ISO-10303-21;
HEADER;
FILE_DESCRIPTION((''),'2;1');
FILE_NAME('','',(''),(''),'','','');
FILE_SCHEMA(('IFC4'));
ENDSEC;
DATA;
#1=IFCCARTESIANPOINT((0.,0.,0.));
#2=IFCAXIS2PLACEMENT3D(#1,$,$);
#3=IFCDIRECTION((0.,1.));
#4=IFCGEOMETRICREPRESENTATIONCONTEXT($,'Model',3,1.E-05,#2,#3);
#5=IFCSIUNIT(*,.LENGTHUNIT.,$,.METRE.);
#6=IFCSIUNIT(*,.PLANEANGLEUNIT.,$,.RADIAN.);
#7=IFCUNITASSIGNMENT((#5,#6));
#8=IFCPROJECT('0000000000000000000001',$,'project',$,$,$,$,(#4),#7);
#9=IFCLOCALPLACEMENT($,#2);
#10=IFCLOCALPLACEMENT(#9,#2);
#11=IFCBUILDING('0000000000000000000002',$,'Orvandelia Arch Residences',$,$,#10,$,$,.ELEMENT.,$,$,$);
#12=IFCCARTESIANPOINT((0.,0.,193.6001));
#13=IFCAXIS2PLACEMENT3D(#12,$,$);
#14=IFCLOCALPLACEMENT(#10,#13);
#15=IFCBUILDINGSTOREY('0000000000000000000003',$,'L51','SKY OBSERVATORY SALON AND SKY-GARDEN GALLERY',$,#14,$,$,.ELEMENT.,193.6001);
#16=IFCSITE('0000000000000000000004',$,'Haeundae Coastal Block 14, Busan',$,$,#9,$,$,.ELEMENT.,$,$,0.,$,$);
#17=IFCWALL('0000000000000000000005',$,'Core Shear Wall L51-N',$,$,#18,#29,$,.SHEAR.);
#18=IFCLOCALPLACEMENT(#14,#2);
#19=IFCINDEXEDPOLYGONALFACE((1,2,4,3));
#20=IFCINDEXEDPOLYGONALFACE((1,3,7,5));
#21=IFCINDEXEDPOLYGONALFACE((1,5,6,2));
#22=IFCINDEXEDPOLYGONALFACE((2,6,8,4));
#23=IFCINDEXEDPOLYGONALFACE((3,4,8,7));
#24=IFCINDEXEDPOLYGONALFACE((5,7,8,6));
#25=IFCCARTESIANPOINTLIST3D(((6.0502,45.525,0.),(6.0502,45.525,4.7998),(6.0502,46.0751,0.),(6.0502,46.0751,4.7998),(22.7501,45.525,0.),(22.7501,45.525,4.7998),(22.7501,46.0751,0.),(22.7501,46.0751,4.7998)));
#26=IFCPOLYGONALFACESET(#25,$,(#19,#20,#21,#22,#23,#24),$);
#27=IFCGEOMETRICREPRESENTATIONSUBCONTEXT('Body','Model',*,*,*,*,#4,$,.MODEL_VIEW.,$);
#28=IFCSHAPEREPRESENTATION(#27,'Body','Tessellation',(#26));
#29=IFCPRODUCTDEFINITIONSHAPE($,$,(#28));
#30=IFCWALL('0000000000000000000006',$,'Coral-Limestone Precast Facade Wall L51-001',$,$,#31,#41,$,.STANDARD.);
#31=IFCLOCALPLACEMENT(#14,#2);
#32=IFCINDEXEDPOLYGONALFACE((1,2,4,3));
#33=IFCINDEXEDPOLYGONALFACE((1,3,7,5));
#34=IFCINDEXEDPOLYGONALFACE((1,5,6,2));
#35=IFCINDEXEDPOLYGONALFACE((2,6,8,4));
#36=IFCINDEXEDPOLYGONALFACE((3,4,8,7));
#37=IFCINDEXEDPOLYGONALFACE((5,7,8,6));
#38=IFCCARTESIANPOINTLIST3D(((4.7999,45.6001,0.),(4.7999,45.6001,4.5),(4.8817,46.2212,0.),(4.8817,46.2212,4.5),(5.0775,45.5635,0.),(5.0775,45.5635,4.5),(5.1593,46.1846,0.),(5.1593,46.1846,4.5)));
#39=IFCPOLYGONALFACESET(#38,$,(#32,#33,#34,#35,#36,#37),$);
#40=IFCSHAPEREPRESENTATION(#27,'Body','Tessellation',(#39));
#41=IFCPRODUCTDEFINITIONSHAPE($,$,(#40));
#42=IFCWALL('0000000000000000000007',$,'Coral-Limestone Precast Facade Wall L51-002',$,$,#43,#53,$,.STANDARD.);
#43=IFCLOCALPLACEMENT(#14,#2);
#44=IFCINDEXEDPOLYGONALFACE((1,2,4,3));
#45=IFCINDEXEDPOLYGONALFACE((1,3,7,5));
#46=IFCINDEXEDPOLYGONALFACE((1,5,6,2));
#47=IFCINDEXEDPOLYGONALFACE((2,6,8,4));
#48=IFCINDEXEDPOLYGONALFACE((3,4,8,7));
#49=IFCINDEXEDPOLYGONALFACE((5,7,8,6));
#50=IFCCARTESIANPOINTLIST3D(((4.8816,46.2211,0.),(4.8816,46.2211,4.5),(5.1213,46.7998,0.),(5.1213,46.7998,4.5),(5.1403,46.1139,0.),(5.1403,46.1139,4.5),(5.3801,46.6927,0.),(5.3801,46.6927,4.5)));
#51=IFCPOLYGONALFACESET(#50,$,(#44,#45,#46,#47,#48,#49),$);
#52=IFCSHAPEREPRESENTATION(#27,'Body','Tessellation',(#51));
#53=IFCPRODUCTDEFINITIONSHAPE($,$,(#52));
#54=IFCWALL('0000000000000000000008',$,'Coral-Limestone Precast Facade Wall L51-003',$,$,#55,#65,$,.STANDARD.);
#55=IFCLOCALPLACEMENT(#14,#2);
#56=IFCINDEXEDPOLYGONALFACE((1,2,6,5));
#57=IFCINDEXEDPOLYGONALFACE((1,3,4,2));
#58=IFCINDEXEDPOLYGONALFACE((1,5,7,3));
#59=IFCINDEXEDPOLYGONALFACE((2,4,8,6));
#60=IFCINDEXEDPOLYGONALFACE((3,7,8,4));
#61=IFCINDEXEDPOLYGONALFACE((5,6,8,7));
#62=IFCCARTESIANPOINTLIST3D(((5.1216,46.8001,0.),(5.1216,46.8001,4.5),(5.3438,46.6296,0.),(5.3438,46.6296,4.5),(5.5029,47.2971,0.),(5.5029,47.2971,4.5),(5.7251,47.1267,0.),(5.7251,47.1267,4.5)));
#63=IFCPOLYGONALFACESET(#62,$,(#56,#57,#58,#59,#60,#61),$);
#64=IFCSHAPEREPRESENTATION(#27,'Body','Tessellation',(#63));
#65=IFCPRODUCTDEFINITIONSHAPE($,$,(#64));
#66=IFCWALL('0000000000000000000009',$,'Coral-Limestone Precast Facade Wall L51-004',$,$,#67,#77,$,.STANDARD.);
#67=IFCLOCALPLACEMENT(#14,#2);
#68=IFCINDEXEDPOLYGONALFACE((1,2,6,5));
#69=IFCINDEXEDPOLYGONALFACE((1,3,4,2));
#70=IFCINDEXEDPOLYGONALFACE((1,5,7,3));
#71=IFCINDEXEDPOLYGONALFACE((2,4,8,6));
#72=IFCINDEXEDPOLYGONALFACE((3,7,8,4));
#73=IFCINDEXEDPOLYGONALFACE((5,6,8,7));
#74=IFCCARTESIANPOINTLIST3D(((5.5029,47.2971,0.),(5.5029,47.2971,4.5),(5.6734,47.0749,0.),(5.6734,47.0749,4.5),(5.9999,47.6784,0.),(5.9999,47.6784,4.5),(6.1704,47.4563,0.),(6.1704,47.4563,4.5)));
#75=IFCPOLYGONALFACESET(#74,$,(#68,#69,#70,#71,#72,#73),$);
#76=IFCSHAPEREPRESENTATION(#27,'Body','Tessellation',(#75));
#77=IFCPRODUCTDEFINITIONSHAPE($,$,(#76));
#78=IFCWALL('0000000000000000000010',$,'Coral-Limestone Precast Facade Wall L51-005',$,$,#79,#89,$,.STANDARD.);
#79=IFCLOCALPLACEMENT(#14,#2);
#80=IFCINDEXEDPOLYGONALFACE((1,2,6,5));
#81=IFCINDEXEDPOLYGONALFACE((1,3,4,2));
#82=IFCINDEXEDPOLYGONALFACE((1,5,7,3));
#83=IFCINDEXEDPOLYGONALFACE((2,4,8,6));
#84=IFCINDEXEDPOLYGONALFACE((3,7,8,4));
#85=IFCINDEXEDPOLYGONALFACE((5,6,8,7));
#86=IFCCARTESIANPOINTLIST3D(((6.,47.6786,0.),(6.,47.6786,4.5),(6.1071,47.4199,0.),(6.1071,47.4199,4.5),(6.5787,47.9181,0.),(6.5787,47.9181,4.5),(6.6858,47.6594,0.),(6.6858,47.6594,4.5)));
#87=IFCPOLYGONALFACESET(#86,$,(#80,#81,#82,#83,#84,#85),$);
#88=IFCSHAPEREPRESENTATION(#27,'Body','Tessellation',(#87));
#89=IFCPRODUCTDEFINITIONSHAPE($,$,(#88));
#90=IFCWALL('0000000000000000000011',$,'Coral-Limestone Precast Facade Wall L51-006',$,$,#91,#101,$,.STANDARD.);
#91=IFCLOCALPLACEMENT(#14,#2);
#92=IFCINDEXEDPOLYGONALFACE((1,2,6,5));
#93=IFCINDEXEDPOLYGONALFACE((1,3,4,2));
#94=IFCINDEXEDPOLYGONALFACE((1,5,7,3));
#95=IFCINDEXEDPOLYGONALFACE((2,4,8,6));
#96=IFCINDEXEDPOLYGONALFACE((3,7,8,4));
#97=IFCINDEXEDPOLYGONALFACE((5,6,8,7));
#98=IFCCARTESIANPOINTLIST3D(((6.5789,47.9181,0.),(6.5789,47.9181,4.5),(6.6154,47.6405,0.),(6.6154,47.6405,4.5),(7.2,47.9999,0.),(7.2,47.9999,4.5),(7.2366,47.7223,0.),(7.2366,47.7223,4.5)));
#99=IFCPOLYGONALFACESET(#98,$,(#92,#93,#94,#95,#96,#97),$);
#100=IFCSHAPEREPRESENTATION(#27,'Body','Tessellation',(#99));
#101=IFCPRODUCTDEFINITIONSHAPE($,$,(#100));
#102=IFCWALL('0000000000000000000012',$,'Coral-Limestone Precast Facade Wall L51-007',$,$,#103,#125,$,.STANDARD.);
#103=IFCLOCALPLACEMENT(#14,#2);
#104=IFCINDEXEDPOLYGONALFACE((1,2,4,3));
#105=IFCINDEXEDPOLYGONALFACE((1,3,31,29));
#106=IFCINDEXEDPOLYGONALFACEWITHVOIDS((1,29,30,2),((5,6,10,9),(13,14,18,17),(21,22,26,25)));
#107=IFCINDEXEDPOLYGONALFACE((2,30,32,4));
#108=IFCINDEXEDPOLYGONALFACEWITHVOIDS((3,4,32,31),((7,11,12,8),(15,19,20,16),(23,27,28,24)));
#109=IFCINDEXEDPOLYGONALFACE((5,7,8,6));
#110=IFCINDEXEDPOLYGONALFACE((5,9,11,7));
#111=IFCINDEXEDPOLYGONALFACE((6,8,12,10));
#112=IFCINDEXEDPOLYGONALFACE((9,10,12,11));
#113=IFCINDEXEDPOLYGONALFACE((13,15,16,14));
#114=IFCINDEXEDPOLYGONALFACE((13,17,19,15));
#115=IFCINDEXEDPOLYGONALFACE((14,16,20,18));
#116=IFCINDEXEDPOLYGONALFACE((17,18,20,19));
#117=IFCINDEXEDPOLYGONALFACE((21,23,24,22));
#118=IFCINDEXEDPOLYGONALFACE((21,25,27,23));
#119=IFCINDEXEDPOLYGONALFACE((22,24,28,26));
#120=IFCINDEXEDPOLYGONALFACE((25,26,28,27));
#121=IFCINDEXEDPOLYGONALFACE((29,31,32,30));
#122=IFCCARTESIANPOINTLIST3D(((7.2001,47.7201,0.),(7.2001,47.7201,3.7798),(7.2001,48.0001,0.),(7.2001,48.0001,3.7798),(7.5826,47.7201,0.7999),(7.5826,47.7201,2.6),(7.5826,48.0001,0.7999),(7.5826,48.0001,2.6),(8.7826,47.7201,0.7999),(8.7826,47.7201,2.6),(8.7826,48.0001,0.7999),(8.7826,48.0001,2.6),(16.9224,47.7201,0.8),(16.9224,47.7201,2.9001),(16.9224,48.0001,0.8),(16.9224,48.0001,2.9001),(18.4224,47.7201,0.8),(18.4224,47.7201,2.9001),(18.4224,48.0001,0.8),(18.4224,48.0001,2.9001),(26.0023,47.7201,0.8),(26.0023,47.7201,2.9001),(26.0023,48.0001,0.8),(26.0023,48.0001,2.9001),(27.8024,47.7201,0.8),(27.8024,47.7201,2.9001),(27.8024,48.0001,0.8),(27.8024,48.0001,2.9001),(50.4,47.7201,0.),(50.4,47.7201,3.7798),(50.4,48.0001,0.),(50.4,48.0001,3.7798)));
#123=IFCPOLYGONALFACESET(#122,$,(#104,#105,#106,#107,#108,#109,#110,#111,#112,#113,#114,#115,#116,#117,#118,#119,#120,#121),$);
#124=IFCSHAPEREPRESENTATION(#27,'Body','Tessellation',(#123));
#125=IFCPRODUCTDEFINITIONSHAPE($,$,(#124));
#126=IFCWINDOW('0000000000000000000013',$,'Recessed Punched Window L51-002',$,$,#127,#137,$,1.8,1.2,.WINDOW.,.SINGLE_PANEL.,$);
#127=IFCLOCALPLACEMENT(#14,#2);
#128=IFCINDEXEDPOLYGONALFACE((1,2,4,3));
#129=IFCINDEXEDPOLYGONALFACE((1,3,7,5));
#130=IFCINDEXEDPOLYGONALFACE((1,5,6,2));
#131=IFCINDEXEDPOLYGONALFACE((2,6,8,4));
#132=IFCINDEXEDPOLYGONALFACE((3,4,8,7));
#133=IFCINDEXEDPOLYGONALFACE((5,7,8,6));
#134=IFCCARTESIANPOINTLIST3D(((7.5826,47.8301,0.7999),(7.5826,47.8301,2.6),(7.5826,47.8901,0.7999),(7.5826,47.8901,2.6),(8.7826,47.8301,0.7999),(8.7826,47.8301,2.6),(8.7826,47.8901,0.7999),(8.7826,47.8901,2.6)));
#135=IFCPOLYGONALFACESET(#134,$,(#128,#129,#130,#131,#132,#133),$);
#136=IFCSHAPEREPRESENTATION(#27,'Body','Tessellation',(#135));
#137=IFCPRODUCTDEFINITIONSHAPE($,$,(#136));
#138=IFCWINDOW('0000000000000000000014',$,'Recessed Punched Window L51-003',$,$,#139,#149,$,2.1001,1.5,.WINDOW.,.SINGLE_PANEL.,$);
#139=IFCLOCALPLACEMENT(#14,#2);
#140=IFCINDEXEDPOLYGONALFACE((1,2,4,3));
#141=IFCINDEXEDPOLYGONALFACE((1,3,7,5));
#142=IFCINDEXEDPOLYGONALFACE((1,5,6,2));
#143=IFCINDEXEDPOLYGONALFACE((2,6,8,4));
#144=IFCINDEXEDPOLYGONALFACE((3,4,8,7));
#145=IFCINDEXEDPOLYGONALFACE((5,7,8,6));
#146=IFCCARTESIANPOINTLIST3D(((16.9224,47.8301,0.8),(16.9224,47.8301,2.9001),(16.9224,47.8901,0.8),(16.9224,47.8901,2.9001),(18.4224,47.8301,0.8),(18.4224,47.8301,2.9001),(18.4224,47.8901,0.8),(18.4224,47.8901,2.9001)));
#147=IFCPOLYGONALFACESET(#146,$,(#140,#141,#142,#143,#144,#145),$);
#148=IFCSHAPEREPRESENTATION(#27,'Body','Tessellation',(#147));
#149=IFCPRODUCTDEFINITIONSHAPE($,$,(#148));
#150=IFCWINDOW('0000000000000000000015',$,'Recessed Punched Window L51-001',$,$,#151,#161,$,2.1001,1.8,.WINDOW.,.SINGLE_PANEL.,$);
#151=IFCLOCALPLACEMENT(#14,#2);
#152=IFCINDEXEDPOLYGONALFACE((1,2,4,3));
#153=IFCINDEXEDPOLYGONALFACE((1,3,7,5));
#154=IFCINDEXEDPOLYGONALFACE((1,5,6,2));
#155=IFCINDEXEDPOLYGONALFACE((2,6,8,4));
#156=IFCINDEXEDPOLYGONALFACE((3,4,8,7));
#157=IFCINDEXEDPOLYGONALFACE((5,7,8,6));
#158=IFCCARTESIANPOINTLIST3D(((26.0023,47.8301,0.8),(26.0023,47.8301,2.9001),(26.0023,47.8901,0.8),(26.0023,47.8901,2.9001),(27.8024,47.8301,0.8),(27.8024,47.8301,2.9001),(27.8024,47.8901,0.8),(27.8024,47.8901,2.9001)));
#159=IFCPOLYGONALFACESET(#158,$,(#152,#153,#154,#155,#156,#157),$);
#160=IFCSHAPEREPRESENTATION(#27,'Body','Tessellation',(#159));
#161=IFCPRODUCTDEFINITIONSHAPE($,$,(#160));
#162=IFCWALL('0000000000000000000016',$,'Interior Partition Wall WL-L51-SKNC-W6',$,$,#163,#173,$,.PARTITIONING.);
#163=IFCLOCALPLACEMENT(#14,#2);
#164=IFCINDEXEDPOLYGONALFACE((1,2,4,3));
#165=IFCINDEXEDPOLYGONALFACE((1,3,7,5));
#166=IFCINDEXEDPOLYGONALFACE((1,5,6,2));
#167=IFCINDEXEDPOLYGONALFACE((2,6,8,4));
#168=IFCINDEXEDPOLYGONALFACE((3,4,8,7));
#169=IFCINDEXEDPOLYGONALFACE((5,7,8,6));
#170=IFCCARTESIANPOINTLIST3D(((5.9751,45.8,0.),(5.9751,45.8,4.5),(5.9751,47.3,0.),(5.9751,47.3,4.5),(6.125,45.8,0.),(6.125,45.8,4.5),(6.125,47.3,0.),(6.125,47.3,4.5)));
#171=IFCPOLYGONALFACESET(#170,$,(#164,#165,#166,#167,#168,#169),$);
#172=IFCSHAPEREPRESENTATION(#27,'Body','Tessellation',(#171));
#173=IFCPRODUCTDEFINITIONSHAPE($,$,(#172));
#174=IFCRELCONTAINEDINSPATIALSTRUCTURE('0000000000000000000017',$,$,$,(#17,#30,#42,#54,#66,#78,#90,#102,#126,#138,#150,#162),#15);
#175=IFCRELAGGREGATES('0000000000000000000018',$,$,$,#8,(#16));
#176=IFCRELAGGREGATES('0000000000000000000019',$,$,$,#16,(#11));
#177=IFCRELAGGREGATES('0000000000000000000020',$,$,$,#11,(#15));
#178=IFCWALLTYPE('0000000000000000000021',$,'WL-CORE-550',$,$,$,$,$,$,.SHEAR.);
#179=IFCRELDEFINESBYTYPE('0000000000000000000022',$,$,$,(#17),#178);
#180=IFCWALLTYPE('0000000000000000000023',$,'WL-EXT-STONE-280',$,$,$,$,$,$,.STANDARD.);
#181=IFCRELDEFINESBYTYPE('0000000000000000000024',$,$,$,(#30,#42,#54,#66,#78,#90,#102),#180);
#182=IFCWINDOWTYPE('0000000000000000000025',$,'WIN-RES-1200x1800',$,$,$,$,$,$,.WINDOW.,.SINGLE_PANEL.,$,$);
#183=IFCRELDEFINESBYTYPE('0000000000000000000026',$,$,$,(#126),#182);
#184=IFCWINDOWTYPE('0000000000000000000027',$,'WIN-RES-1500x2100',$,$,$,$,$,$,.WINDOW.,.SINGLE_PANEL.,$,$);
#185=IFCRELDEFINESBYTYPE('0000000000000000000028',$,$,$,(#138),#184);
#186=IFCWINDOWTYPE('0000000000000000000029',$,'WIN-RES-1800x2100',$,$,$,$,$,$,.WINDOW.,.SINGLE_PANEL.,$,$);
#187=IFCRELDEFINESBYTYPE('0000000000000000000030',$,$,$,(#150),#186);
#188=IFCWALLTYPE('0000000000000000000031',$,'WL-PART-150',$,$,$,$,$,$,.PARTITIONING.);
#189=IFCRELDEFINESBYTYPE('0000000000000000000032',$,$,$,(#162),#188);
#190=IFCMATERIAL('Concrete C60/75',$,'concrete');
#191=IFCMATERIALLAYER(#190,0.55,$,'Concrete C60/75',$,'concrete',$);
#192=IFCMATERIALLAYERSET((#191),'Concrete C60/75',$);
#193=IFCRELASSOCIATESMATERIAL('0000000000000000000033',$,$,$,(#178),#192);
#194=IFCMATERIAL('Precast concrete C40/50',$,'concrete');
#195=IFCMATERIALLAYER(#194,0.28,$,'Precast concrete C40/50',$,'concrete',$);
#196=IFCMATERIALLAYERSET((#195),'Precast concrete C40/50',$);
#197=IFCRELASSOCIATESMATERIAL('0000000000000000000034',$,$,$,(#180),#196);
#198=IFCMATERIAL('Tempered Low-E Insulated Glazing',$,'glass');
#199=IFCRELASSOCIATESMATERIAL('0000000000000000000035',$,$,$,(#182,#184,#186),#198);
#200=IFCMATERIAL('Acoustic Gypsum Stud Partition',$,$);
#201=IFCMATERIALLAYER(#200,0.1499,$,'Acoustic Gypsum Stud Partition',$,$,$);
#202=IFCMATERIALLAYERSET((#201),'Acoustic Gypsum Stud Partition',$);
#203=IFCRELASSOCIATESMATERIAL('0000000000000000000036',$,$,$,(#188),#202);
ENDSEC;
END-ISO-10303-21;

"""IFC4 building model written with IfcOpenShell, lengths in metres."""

from ifc_helpers import new_model, si_unit, direction, frame, frame_2d, origin, place, context, subcontext, project, spatial, rectangle, extrude, material, layer, layer_set, type_object, element, fill, save


model = new_model("IFC4")

# Units and contexts
model_context = context("Model", 3, precision=1e-05, world=origin(), true_north=direction((0.0, 1.0)))
body_context = subcontext(model_context, "Body", "Model", "MODEL_VIEW")
ifc_project = project(units=[si_unit("LENGTHUNIT", "METRE"), si_unit("PLANEANGLEUNIT", "RADIAN")], contexts=[model_context])

# Site, building, storey
site_placement = place(None, origin())
site = spatial("IfcSite", under=ifc_project, at=site_placement, Name="Haeundae Coastal Block 14, Busan", CompositionType="ELEMENT", RefElevation=0.0)
building_placement = place(site_placement, origin())
building = spatial("IfcBuilding", under=site, at=building_placement, Name="Orvandelia Arch Residences", CompositionType="ELEMENT")
storey_placement = place(building_placement, frame((0.0, 0.0, 193.6001)))
storey = spatial("IfcBuildingStorey", under=building, at=storey_placement, Name="L51", Description="SKY OBSERVATORY SALON AND SKY-GARDEN GALLERY", CompositionType="ELEMENT", Elevation=193.6001)

# Shared definitions
ifc_material_1 = material(Name="Concrete C60/75", Category="concrete")

# Walls
ifc_layer_1 = layer(ifc_material_1, 0.55, Name="Concrete C60/75", Category="concrete")
ifc_layer_set_1 = layer_set([ifc_layer_1], Name="Concrete C60/75")
wall_type_1 = type_object("IfcWallType", Name="WL-CORE-550", PredefinedType="SHEAR", material=ifc_layer_set_1)
wall_1_placement = place(storey_placement, frame((6.05, 45.8, 0.0), z_axis=(0.0, 0.0, 1.0), x_axis=(1.0, 0.0, 0.0)))
element("IfcWall", 1, at=wall_1_placement, inside=storey, type_object=wall_type_1, Name="Core Shear Wall L51-N", PredefinedType="SHEAR", context=body_context, shape_type="SweptSolid", body=[
    extrude(rectangle(XDim=16.7, YDim=0.55, at=frame_2d((8.3501, 0.0))), origin(), (0.0, 0.0, 1.0), 4.7998),
])
ifc_material_2 = material(Name="Precast concrete C40/50", Category="concrete")
ifc_layer_2 = layer(ifc_material_2, 0.28, Name="Precast concrete C40/50", Category="concrete")
ifc_layer_set_2 = layer_set([ifc_layer_2], Name="Precast concrete C40/50")
wall_type_2 = type_object("IfcWallType", Name="WL-EXT-STONE-280", PredefinedType="STANDARD", material=ifc_layer_set_2)
for number, where, z_axis, x_axis, name in (
    (2, (4.9387, 45.5818, 0.0), (0.0, 0.0, 1.0), (0.130555, 0.991441, 0.0), "Coral-Limestone Precast Facade Wall L51-001"),
    (3, (5.011, 46.1675, 0.0), (0.0, 0.0, 1.0), (0.38265, 0.923893, 0.0), "Coral-Limestone Precast Facade Wall L51-002"),
    (4, (5.2327, 46.7148, 0.0), (0.0, 0.0, 1.0), (0.608693, 0.793406, 0.0), "Coral-Limestone Precast Facade Wall L51-003"),
    (5, (5.5881, 47.186, 0.0), (0.0, 0.0, 1.0), (0.793406, 0.608693, 0.0), "Coral-Limestone Precast Facade Wall L51-004"),
):
    element("IfcWall", number, at=place(storey_placement, frame(where, z_axis=z_axis, x_axis=x_axis)), inside=storey, type_object=wall_type_2, Name=name, PredefinedType="STANDARD", context=body_context, shape_type="SweptSolid", body=[
        extrude(rectangle(XDim=0.6265, YDim=0.28, at=frame_2d((0.3132, 0.0))), origin(), (0.0, 0.0, 1.0), 4.5),
    ])
wall_2_placement = place(storey_placement, frame((6.0537, 47.5493, 0.0), z_axis=(0.0, 0.0, 1.0), x_axis=(0.923974, 0.382455, 0.0)))
element("IfcWall", 6, at=wall_2_placement, inside=storey, type_object=wall_type_2, Name="Coral-Limestone Precast Facade Wall L51-005", PredefinedType="STANDARD", context=body_context, shape_type="SweptSolid", body=[
    extrude(rectangle(XDim=0.6262, YDim=0.28, at=frame_2d((0.313, 0.0))), origin(), (0.0, 0.0, 1.0), 4.5),
])
wall_3_placement = place(storey_placement, frame((6.5972, 47.7793, 0.0), z_axis=(0.0, 0.0, 1.0), x_axis=(0.991441, 0.130555, 0.0)))
element("IfcWall", 7, at=wall_3_placement, inside=storey, type_object=wall_type_2, Name="Coral-Limestone Precast Facade Wall L51-006", PredefinedType="STANDARD", context=body_context, shape_type="SweptSolid", body=[
    extrude(rectangle(XDim=0.6265, YDim=0.28, at=frame_2d((0.3132, 0.0))), origin(), (0.0, 0.0, 1.0), 4.5),
])

# Wall, openings, windows
wall_4_placement = place(storey_placement, frame((7.2, 47.8601, 0.0), z_axis=(0.0, 0.0, 1.0), x_axis=(1.0, 0.0, 0.0)))
wall_4 = element("IfcWall", 8, at=wall_4_placement, inside=storey, type_object=wall_type_2, Name="Coral-Limestone Precast Facade Wall L51-007", PredefinedType="STANDARD", context=body_context, shape_type="SweptSolid", body=[
    extrude(rectangle(XDim=43.2, YDim=0.28, at=frame_2d((21.6001, 0.0))), origin(), (0.0, 0.0, 1.0), 3.7798),
])
opening_1_placement = place(wall_4_placement, frame((18.8025, 0.0, 0.8)))
opening_1 = element("IfcOpeningElement", 9, at=opening_1_placement, cuts=wall_4, PredefinedType="OPENING", context=body_context, shape_type="SweptSolid", body=[
    extrude(rectangle(XDim=1.8, YDim=2.1001, at=frame_2d((0.8999, 1.05))), frame((0.0, 0.1499, 0.0), z_axis=(0.0, -1.0, 0.0), x_axis=(1.0, 0.0, 0.0)), (0.0, 0.0, 1.0), 0.3),
])
opening_2_placement = place(wall_4_placement, frame((0.3826, 0.0, 0.8)))
opening_2 = element("IfcOpeningElement", 10, at=opening_2_placement, cuts=wall_4, PredefinedType="OPENING", context=body_context, shape_type="SweptSolid", body=[
    extrude(rectangle(XDim=1.2, YDim=1.8, at=frame_2d((0.6001, 0.8999))), frame((0.0, 0.1499, 0.0), z_axis=(0.0, -1.0, 0.0), x_axis=(1.0, 0.0, 0.0)), (0.0, 0.0, 1.0), 0.3),
])
opening_3_placement = place(wall_4_placement, frame((9.7224, 0.0, 0.8)))
opening_3 = element("IfcOpeningElement", 11, at=opening_3_placement, cuts=wall_4, PredefinedType="OPENING", context=body_context, shape_type="SweptSolid", body=[
    extrude(rectangle(XDim=1.5, YDim=2.1001, at=frame_2d((0.75, 1.05))), frame((0.0, 0.1499, 0.0), z_axis=(0.0, -1.0, 0.0), x_axis=(1.0, 0.0, 0.0)), (0.0, 0.0, 1.0), 0.3),
])
ifc_material_3 = material(Name="Tempered Low-E Insulated Glazing", Category="glass")
window_type_1 = type_object("IfcWindowType", Name="WIN-RES-1200x1800", PartitioningType="SINGLE_PANEL", PredefinedType="WINDOW", material=ifc_material_3)
window_1_placement = place(opening_2_placement, origin())
window_1 = element("IfcWindow", 12, at=window_1_placement, inside=storey, type_object=window_type_1, Name="Recessed Punched Window L51-002", OverallHeight=1.8, OverallWidth=1.2, PartitioningType="SINGLE_PANEL", PredefinedType="WINDOW", context=body_context, shape_type="SweptSolid", body=[
    extrude(rectangle(XDim=1.2, YDim=1.8, at=frame_2d((0.6001, 0.8999))), frame((0.0, 0.03, 0.0), z_axis=(0.0, -1.0, 0.0), x_axis=(1.0, 0.0, 0.0)), (0.0, 0.0, 1.0), 0.0601),
])
fill(opening_2, window_1)
window_type_2 = type_object("IfcWindowType", Name="WIN-RES-1500x2100", PartitioningType="SINGLE_PANEL", PredefinedType="WINDOW", material=ifc_material_3)
window_2_placement = place(opening_3_placement, origin())
window_2 = element("IfcWindow", 13, at=window_2_placement, inside=storey, type_object=window_type_2, Name="Recessed Punched Window L51-003", OverallHeight=2.1001, OverallWidth=1.5, PartitioningType="SINGLE_PANEL", PredefinedType="WINDOW", context=body_context, shape_type="SweptSolid", body=[
    extrude(rectangle(XDim=1.5, YDim=2.1001, at=frame_2d((0.75, 1.05))), frame((0.0, 0.03, 0.0), z_axis=(0.0, -1.0, 0.0), x_axis=(1.0, 0.0, 0.0)), (0.0, 0.0, 1.0), 0.0601),
])
fill(opening_3, window_2)
window_type_3 = type_object("IfcWindowType", Name="WIN-RES-1800x2100", PartitioningType="SINGLE_PANEL", PredefinedType="WINDOW", material=ifc_material_3)
window_3_placement = place(opening_1_placement, origin())
window_3 = element("IfcWindow", 14, at=window_3_placement, inside=storey, type_object=window_type_3, Name="Recessed Punched Window L51-001", OverallHeight=2.1001, OverallWidth=1.8, PartitioningType="SINGLE_PANEL", PredefinedType="WINDOW", context=body_context, shape_type="SweptSolid", body=[
    extrude(rectangle(XDim=1.8, YDim=2.1001, at=frame_2d((0.8999, 1.05))), frame((0.0, 0.03, 0.0), z_axis=(0.0, -1.0, 0.0), x_axis=(1.0, 0.0, 0.0)), (0.0, 0.0, 1.0), 0.0601),
])
fill(opening_1, window_3)

# Wall
ifc_material_4 = material(Name="Acoustic Gypsum Stud Partition")
ifc_layer_3 = layer(ifc_material_4, 0.1499, Name="Acoustic Gypsum Stud Partition")
ifc_layer_set_3 = layer_set([ifc_layer_3], Name="Acoustic Gypsum Stud Partition")
wall_type_3 = type_object("IfcWallType", Name="WL-PART-150", PredefinedType="PARTITIONING", material=ifc_layer_set_3)
wall_5_placement = place(storey_placement, frame((6.05, 45.8, 0.0), z_axis=(0.0, 0.0, 1.0), x_axis=(0.0, 1.0, 0.0)))
element("IfcWall", 15, at=wall_5_placement, inside=storey, type_object=wall_type_3, Name="Interior Partition Wall WL-L51-SKNC-W6", PredefinedType="PARTITIONING", context=body_context, shape_type="SweptSolid", body=[
    extrude(rectangle(XDim=1.5, YDim=0.1499, at=frame_2d((0.75, 0.0))), origin(), (0.0, 0.0, 1.0), 4.5),
])

save(model, "model.ifc")
